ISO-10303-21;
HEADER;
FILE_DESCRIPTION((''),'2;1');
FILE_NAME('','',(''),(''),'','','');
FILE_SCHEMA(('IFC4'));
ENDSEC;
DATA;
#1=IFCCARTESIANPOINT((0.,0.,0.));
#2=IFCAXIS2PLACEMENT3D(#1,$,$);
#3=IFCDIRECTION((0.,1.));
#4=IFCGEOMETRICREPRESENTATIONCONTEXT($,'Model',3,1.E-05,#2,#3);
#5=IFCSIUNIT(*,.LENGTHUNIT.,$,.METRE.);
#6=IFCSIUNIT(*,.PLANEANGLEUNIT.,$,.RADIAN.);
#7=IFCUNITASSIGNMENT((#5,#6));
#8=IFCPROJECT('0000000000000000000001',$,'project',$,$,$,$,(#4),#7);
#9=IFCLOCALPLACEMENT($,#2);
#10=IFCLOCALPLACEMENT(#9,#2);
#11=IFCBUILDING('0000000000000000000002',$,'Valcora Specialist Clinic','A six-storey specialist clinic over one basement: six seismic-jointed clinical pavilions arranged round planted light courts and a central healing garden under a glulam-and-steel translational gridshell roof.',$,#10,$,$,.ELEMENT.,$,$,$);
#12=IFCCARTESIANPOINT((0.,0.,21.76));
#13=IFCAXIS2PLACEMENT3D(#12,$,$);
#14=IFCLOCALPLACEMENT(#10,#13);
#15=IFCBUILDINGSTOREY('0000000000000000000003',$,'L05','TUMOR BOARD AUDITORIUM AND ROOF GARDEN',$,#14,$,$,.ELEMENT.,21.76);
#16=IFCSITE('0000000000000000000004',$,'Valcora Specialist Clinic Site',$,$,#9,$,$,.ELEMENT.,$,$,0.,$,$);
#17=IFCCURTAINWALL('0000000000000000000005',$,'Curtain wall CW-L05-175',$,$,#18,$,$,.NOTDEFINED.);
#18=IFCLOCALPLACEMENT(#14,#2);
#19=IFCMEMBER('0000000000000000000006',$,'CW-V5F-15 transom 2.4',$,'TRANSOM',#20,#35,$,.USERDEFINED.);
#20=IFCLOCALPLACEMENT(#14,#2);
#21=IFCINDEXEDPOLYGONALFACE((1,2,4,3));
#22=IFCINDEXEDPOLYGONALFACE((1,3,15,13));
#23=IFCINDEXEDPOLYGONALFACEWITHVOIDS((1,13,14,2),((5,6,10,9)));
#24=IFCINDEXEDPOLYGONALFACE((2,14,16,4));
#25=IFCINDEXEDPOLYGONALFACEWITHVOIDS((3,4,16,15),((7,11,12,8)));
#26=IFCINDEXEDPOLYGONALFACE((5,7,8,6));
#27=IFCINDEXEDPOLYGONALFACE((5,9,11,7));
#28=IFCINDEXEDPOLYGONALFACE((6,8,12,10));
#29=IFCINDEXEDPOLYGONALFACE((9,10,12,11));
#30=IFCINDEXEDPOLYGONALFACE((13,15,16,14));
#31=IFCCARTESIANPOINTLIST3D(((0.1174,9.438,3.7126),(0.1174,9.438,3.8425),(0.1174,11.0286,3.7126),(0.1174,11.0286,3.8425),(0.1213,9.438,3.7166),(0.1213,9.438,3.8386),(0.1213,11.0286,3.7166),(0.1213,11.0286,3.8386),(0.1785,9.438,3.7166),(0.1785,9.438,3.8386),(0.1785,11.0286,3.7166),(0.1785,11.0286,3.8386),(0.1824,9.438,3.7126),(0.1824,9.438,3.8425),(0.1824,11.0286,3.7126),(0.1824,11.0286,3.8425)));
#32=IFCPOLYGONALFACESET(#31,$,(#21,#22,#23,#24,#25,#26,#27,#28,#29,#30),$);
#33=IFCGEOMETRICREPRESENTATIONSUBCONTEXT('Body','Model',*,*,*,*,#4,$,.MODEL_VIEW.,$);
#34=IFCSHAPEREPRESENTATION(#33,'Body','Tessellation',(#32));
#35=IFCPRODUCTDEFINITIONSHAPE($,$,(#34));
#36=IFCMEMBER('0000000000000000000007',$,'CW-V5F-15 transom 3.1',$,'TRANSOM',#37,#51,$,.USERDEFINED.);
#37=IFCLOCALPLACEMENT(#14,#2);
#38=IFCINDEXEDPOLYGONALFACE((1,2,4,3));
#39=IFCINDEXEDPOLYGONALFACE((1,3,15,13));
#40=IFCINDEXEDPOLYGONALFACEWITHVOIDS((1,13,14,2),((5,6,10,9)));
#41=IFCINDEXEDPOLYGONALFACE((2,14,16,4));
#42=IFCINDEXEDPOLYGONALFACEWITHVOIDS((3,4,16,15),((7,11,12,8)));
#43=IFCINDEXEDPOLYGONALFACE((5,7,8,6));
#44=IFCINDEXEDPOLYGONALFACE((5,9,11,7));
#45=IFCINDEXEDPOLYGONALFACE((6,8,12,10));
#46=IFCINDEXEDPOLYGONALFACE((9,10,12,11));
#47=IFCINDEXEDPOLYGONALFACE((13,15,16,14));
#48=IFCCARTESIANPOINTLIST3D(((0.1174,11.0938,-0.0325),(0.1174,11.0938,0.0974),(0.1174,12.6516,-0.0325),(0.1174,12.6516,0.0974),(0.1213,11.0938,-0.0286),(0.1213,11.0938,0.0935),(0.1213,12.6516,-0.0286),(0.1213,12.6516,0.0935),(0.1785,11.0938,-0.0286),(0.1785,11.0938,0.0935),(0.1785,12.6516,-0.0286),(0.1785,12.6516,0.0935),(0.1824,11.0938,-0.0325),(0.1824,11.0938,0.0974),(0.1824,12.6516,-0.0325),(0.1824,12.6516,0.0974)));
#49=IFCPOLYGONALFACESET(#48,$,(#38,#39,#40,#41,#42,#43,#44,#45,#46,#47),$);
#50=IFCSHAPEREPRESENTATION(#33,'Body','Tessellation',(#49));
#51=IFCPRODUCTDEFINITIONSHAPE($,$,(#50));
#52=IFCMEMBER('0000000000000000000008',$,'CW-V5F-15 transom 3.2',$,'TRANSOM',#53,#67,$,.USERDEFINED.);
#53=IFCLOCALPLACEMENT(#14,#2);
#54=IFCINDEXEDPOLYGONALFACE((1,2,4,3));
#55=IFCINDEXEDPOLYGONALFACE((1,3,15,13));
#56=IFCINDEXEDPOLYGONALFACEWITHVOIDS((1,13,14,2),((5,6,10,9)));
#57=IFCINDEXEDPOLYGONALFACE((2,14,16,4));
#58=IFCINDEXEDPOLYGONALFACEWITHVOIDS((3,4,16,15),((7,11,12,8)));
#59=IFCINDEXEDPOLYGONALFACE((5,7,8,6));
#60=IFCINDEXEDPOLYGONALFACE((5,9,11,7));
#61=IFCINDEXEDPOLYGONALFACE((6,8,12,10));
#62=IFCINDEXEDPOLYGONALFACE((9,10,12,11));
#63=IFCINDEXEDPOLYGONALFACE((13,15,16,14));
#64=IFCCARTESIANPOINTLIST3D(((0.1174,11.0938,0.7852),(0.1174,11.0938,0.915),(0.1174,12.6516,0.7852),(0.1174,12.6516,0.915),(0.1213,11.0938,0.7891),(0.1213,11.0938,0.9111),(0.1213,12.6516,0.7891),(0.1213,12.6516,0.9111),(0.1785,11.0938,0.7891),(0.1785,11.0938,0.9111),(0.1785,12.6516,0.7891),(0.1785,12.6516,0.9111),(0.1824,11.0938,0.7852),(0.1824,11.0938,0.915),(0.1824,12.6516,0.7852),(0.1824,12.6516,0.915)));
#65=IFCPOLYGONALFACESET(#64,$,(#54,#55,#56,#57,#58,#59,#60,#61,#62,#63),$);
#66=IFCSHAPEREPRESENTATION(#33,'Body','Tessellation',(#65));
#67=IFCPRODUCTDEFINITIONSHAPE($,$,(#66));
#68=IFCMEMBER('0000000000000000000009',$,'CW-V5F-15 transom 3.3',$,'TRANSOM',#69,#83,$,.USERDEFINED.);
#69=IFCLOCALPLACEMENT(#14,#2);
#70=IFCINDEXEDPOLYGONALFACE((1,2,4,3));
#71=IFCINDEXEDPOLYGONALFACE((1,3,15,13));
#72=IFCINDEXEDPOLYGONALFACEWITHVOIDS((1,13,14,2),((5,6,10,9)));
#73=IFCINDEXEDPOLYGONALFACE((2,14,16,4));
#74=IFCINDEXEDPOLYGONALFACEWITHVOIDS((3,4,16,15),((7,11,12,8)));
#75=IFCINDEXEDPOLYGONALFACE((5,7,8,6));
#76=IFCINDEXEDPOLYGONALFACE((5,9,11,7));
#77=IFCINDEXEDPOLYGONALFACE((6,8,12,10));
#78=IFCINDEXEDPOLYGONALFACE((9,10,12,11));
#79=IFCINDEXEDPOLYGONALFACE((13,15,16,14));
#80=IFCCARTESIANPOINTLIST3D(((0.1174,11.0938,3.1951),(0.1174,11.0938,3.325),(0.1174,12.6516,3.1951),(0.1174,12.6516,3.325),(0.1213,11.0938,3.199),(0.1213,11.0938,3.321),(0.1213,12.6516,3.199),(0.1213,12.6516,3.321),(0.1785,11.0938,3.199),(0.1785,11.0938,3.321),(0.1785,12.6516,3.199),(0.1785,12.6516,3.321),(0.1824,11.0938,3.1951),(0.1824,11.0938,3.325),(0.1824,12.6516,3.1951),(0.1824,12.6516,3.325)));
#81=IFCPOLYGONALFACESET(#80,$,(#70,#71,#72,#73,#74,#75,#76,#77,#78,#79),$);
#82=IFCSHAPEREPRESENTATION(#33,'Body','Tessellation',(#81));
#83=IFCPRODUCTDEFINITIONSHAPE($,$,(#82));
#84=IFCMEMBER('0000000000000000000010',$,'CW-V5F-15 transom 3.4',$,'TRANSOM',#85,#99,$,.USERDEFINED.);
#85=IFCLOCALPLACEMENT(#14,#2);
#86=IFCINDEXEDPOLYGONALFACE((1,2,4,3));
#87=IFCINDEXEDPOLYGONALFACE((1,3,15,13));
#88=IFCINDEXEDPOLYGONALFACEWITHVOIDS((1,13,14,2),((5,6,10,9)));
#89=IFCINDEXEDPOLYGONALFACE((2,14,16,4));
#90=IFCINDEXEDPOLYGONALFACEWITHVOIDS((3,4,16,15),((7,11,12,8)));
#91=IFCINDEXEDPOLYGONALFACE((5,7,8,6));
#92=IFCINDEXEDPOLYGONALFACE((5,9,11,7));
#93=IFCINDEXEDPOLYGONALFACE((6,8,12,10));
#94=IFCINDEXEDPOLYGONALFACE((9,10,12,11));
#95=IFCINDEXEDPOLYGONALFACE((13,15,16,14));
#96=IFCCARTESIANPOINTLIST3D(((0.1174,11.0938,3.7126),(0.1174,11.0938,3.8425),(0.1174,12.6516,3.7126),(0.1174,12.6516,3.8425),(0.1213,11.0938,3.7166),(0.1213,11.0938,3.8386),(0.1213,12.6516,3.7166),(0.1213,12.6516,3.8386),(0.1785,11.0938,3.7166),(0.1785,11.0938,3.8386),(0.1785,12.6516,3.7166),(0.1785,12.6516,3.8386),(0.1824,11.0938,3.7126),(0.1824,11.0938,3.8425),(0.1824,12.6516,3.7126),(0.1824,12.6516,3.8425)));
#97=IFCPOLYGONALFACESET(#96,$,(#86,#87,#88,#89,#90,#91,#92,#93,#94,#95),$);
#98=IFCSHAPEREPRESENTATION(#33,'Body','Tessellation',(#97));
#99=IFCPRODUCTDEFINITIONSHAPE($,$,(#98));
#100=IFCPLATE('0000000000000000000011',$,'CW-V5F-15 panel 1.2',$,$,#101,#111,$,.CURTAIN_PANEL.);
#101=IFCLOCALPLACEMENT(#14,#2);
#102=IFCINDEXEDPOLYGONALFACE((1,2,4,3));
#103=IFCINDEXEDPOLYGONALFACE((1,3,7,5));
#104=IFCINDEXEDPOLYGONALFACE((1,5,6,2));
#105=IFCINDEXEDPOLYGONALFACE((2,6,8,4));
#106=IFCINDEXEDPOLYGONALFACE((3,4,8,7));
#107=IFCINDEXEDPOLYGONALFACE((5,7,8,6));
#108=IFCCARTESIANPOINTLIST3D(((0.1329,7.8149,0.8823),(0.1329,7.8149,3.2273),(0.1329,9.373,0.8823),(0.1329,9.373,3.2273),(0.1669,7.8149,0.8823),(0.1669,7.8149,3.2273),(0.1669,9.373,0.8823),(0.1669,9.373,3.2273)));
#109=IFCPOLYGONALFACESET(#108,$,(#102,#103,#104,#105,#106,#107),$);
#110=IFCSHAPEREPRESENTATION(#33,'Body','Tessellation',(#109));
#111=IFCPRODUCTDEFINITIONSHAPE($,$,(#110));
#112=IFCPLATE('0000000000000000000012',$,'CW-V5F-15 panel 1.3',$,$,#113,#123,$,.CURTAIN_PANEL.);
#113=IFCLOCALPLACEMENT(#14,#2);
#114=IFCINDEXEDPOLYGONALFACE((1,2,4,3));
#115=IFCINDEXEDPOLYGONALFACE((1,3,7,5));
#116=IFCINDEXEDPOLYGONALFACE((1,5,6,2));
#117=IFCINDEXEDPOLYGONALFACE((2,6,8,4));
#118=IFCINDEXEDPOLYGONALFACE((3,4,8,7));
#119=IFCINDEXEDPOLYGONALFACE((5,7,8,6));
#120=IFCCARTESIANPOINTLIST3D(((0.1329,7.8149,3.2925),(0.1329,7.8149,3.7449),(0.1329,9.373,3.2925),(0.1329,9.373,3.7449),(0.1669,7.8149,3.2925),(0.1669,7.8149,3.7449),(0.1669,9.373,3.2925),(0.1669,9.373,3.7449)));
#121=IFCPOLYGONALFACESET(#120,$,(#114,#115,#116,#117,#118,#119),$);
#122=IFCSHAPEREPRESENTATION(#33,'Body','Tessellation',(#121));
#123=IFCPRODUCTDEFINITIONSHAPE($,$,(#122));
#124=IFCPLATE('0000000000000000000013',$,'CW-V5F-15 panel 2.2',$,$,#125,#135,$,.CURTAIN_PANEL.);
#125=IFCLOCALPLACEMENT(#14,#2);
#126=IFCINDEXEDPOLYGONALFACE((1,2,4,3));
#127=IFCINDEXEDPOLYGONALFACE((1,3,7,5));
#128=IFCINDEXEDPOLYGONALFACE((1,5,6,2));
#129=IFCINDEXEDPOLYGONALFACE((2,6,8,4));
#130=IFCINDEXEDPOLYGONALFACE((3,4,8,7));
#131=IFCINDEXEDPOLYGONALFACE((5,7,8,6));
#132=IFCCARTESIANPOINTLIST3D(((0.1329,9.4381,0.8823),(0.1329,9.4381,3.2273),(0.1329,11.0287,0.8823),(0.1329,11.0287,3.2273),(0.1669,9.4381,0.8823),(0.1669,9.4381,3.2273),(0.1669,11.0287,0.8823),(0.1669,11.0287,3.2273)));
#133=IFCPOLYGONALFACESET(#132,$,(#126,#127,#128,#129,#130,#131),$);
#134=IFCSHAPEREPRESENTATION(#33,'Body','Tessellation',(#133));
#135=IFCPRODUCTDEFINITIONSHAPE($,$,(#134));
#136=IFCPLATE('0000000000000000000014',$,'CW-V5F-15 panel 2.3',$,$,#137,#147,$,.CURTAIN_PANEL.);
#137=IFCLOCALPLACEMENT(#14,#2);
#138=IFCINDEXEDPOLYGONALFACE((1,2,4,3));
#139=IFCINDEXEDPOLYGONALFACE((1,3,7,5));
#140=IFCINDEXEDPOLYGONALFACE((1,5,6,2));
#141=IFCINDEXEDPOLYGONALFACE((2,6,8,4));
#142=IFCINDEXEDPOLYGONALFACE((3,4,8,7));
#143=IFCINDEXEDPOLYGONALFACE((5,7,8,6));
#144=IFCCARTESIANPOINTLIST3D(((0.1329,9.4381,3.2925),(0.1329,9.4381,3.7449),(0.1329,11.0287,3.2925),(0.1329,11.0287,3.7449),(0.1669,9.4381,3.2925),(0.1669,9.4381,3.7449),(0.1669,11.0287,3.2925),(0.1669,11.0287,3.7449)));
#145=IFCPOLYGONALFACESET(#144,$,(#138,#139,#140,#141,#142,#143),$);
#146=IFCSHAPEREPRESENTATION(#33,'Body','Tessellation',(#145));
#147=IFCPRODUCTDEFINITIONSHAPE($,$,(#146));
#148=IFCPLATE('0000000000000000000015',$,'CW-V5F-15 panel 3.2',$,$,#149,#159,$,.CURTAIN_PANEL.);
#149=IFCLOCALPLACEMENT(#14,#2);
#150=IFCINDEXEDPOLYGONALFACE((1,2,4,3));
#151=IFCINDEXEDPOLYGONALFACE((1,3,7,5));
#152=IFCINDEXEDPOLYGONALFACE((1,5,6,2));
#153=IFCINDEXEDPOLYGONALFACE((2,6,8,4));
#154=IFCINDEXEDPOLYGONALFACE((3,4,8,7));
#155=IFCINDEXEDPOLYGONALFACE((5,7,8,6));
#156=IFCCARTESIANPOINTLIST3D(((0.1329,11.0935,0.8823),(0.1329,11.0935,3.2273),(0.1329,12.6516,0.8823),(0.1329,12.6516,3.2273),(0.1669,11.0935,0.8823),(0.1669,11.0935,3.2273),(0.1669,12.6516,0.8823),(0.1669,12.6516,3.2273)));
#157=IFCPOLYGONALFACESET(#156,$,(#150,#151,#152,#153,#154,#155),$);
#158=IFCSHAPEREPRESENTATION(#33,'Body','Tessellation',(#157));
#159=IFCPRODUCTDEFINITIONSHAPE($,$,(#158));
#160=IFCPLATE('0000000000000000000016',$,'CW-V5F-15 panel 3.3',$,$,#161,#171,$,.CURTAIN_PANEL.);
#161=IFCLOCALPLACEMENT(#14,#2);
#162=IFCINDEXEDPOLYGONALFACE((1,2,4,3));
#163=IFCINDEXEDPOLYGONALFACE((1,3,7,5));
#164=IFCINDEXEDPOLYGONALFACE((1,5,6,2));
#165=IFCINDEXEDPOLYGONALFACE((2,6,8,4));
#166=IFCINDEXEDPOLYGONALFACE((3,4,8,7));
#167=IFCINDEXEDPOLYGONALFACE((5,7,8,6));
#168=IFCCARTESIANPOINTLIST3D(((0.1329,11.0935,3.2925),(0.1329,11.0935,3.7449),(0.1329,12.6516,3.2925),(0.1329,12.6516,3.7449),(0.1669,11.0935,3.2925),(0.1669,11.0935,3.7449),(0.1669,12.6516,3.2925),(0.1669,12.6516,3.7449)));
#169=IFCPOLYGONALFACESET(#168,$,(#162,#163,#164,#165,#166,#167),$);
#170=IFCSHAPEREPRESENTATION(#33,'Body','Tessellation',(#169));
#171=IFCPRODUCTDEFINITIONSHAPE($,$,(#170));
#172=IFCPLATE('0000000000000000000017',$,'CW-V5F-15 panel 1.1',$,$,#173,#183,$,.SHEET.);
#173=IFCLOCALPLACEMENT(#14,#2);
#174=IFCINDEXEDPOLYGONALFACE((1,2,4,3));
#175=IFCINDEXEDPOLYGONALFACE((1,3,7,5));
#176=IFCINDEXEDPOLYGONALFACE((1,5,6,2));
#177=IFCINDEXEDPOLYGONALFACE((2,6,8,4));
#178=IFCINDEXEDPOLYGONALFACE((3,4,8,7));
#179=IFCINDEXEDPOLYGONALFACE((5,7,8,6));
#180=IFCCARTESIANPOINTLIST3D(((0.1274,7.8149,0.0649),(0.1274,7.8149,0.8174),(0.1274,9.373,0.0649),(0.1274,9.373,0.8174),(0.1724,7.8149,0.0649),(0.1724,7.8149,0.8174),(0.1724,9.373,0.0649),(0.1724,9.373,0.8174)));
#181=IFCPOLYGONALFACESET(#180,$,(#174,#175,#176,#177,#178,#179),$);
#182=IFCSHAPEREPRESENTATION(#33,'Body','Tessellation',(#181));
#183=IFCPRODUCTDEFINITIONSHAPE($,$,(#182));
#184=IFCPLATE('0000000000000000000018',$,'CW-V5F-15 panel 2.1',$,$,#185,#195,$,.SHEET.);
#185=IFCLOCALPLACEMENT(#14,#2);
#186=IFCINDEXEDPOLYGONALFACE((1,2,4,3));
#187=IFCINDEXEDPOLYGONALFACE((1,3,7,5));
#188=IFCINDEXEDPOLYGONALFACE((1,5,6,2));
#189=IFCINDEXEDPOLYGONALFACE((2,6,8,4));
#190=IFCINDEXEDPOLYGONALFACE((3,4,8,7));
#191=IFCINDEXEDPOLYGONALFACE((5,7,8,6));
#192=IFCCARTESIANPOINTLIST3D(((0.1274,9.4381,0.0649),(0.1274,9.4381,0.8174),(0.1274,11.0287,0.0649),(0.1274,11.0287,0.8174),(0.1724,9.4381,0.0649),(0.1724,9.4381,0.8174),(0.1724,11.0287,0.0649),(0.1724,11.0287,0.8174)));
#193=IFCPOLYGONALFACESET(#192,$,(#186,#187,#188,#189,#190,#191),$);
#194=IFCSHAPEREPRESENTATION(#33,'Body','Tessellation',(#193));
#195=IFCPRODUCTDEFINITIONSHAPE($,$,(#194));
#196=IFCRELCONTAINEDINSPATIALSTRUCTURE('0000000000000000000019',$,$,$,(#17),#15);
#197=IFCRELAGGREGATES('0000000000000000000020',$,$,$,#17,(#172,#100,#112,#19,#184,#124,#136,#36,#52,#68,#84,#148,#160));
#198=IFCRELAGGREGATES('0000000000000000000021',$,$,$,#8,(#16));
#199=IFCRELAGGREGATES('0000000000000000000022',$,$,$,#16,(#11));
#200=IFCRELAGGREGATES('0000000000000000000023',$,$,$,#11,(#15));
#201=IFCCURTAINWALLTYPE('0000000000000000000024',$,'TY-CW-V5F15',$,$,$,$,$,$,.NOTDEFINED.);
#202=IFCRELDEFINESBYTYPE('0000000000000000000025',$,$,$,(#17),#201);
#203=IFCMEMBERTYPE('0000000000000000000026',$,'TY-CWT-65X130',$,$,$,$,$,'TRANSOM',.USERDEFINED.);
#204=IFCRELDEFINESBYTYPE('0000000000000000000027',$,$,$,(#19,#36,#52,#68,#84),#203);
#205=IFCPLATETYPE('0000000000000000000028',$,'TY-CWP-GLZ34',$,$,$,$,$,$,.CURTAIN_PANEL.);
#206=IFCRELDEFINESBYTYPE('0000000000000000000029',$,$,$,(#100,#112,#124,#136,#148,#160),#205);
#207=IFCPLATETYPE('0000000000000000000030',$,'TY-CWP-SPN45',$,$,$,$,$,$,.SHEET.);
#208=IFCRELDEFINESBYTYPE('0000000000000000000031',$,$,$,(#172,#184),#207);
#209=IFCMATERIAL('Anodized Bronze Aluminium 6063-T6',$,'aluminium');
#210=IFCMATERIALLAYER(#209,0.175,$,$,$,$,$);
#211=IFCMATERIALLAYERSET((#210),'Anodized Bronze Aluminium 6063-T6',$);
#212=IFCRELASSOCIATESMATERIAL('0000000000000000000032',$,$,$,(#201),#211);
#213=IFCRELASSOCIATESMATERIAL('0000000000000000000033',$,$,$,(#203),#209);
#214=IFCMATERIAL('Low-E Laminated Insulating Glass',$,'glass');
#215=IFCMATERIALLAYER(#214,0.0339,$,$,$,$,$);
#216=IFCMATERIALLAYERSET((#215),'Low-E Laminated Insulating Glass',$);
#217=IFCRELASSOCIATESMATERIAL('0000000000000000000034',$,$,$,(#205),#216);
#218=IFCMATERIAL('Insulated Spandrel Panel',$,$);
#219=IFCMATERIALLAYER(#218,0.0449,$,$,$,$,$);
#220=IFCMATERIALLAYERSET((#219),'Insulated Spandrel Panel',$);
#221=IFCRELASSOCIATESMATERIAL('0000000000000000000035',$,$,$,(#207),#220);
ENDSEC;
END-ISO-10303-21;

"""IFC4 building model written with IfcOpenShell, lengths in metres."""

from ifc_helpers import new_model, si_unit, direction, frame, origin, origin_2d, place, context, subcontext, project, spatial, rectangle, hollow_rectangle, extrude, material, layer, layer_set, material_profile, profile_set, type_object, element, aggregate, save


model = new_model("IFC4")

# Units and contexts
model_context = context("Model", 3, precision=1e-05, world=origin(), true_north=direction((0.0, 1.0)))
body_context = subcontext(model_context, "Body", "Model", "MODEL_VIEW")
ifc_project = project(units=[si_unit("LENGTHUNIT", "METRE"), si_unit("PLANEANGLEUNIT", "RADIAN")], contexts=[model_context])

# Site, building, storey
site_placement = place(None, origin())
site = spatial("IfcSite", under=ifc_project, at=site_placement, Name="Valcora Specialist Clinic Site", CompositionType="ELEMENT", RefElevation=0.0)
building_placement = place(site_placement, origin())
building = spatial("IfcBuilding", under=site, at=building_placement, Name="Valcora Specialist Clinic", Description="A six-storey specialist clinic over one basement: six seismic-jointed clinical pavilions arranged round planted light courts and a central healing garden under a glulam-and-steel translational gridshell roof.", CompositionType="ELEMENT")
storey_placement = place(building_placement, frame((0.0, 0.0, 21.76)))
storey = spatial("IfcBuildingStorey", under=building, at=storey_placement, Name="L05", Description="TUMOR BOARD AUDITORIUM AND ROOF GARDEN", CompositionType="ELEMENT", Elevation=21.76)

# Curtain wall, members, plates
ifc_material_1 = material(Name="Anodized Bronze Aluminium 6063-T6", Category="aluminium")
ifc_layer_1 = layer(ifc_material_1, 0.175)
ifc_layer_set_1 = layer_set([ifc_layer_1], Name="Anodized Bronze Aluminium 6063-T6")
curtain_wall_type = type_object("IfcCurtainWallType", Name="TY-CW-V5F15", PredefinedType="NOTDEFINED", material=ifc_layer_set_1)
curtain_wall_placement = place(storey_placement, origin())
curtain_wall = element("IfcCurtainWall", 1, at=curtain_wall_placement, inside=storey, type_object=curtain_wall_type, Name="Curtain wall CW-L05-175", PredefinedType="NOTDEFINED")
ifc_material_profile_1 = material_profile(ifc_material_1, hollow_rectangle(XDim=0.0649, YDim=0.1299, WallThickness=0.0039, at=origin_2d()), Name="AL-TRN-65X130")
ifc_profile_set_1 = profile_set([ifc_material_profile_1], Name="Anodized Bronze Aluminium 6063-T6")
member_type_1 = type_object("IfcMemberType", Name="TY-CWT-65X130", ElementType="TRANSOM", PredefinedType="USERDEFINED", material=ifc_profile_set_1)
member_1_placement = place(storey_placement, frame((0.1499, 9.438, 3.7776), z_axis=(0.0, 1.0, 0.0), x_axis=(-1.0, 0.0, 0.0)))
member_1 = element("IfcMember", 2, at=member_1_placement, type_object=member_type_1, Name="CW-V5F-15 transom 2.4", ObjectType="TRANSOM", PredefinedType="USERDEFINED", context=body_context, shape_type="SweptSolid", body=[
    extrude(hollow_rectangle(XDim=0.0649, YDim=0.1299, WallThickness=0.0039, at=origin_2d()), origin(), (0.0, 0.0, 1.0), 1.5906),
])
member_2_placement = place(storey_placement, frame((0.1499, 11.0938, 0.0325), z_axis=(0.0, 1.0, 0.0), x_axis=(-1.0, 0.0, 0.0)))
member_2 = element("IfcMember", 3, at=member_2_placement, type_object=member_type_1, Name="CW-V5F-15 transom 3.1", ObjectType="TRANSOM", PredefinedType="USERDEFINED", context=body_context, shape_type="SweptSolid", body=[
    extrude(hollow_rectangle(XDim=0.0649, YDim=0.1299, WallThickness=0.0039, at=origin_2d()), origin(), (0.0, 0.0, 1.0), 1.5579),
])
member_3_placement = place(storey_placement, frame((0.1499, 11.0938, 0.8501), z_axis=(0.0, 1.0, 0.0), x_axis=(-1.0, 0.0, 0.0)))
member_3 = element("IfcMember", 4, at=member_3_placement, type_object=member_type_1, Name="CW-V5F-15 transom 3.2", ObjectType="TRANSOM", PredefinedType="USERDEFINED", context=body_context, shape_type="SweptSolid", body=[
    extrude(hollow_rectangle(XDim=0.0649, YDim=0.1299, WallThickness=0.0039, at=origin_2d()), origin(), (0.0, 0.0, 1.0), 1.5579),
])
member_4_placement = place(storey_placement, frame((0.1499, 11.0938, 3.26), z_axis=(0.0, 1.0, 0.0), x_axis=(-1.0, 0.0, 0.0)))
member_4 = element("IfcMember", 5, at=member_4_placement, type_object=member_type_1, Name="CW-V5F-15 transom 3.3", ObjectType="TRANSOM", PredefinedType="USERDEFINED", context=body_context, shape_type="SweptSolid", body=[
    extrude(hollow_rectangle(XDim=0.0649, YDim=0.1299, WallThickness=0.0039, at=origin_2d()), origin(), (0.0, 0.0, 1.0), 1.5579),
])
member_5_placement = place(storey_placement, frame((0.1499, 11.0938, 3.7776), z_axis=(0.0, 1.0, 0.0), x_axis=(-1.0, 0.0, 0.0)))
member_5 = element("IfcMember", 6, at=member_5_placement, type_object=member_type_1, Name="CW-V5F-15 transom 3.4", ObjectType="TRANSOM", PredefinedType="USERDEFINED", context=body_context, shape_type="SweptSolid", body=[
    extrude(hollow_rectangle(XDim=0.0649, YDim=0.1299, WallThickness=0.0039, at=origin_2d()), origin(), (0.0, 0.0, 1.0), 1.5579),
])
ifc_material_2 = material(Name="Low-E Laminated Insulating Glass", Category="glass")
ifc_layer_2 = layer(ifc_material_2, 0.0339)
ifc_layer_set_2 = layer_set([ifc_layer_2], Name="Low-E Laminated Insulating Glass")
plate_type_1 = type_object("IfcPlateType", Name="TY-CWP-GLZ34", PredefinedType="CURTAIN_PANEL", material=ifc_layer_set_2)
plate_1_placement = place(storey_placement, frame((0.1499, 8.594, 0.8823), z_axis=(0.0, 0.0, 1.0), x_axis=(0.0, 1.0, 0.0)))
plate_1 = element("IfcPlate", 7, at=plate_1_placement, type_object=plate_type_1, Name="CW-V5F-15 panel 1.2", PredefinedType="CURTAIN_PANEL", context=body_context, shape_type="SweptSolid", body=[
    extrude(rectangle(XDim=1.5581, YDim=0.0339, at=origin_2d()), origin(), (0.0, 0.0, 1.0), 2.345),
])
plate_2_placement = place(storey_placement, frame((0.1499, 8.594, 3.2925), z_axis=(0.0, 0.0, 1.0), x_axis=(0.0, 1.0, 0.0)))
plate_2 = element("IfcPlate", 8, at=plate_2_placement, type_object=plate_type_1, Name="CW-V5F-15 panel 1.3", PredefinedType="CURTAIN_PANEL", context=body_context, shape_type="SweptSolid", body=[
    extrude(rectangle(XDim=1.5581, YDim=0.0339, at=origin_2d()), origin(), (0.0, 0.0, 1.0), 0.4524),
])
plate_3_placement = place(storey_placement, frame((0.1499, 10.2334, 0.8823), z_axis=(0.0, 0.0, 1.0), x_axis=(0.0, 1.0, 0.0)))
plate_3 = element("IfcPlate", 9, at=plate_3_placement, type_object=plate_type_1, Name="CW-V5F-15 panel 2.2", PredefinedType="CURTAIN_PANEL", context=body_context, shape_type="SweptSolid", body=[
    extrude(rectangle(XDim=1.5906, YDim=0.0339, at=origin_2d()), origin(), (0.0, 0.0, 1.0), 2.345),
])
plate_4_placement = place(storey_placement, frame((0.1499, 10.2334, 3.2925), z_axis=(0.0, 0.0, 1.0), x_axis=(0.0, 1.0, 0.0)))
plate_4 = element("IfcPlate", 10, at=plate_4_placement, type_object=plate_type_1, Name="CW-V5F-15 panel 2.3", PredefinedType="CURTAIN_PANEL", context=body_context, shape_type="SweptSolid", body=[
    extrude(rectangle(XDim=1.5906, YDim=0.0339, at=origin_2d()), origin(), (0.0, 0.0, 1.0), 0.4524),
])
plate_5_placement = place(storey_placement, frame((0.1499, 11.8726, 0.8823), z_axis=(0.0, 0.0, 1.0), x_axis=(0.0, 1.0, 0.0)))
plate_5 = element("IfcPlate", 11, at=plate_5_placement, type_object=plate_type_1, Name="CW-V5F-15 panel 3.2", PredefinedType="CURTAIN_PANEL", context=body_context, shape_type="SweptSolid", body=[
    extrude(rectangle(XDim=1.5581, YDim=0.0339, at=origin_2d()), origin(), (0.0, 0.0, 1.0), 2.345),
])
plate_6_placement = place(storey_placement, frame((0.1499, 11.8726, 3.2925), z_axis=(0.0, 0.0, 1.0), x_axis=(0.0, 1.0, 0.0)))
plate_6 = element("IfcPlate", 12, at=plate_6_placement, type_object=plate_type_1, Name="CW-V5F-15 panel 3.3", PredefinedType="CURTAIN_PANEL", context=body_context, shape_type="SweptSolid", body=[
    extrude(rectangle(XDim=1.5581, YDim=0.0339, at=origin_2d()), origin(), (0.0, 0.0, 1.0), 0.4524),
])
ifc_material_3 = material(Name="Insulated Spandrel Panel")
ifc_layer_3 = layer(ifc_material_3, 0.0449)
ifc_layer_set_3 = layer_set([ifc_layer_3], Name="Insulated Spandrel Panel")
plate_type_2 = type_object("IfcPlateType", Name="TY-CWP-SPN45", PredefinedType="SHEET", material=ifc_layer_set_3)
plate_7_placement = place(storey_placement, frame((0.1499, 8.594, 0.0649), z_axis=(0.0, 0.0, 1.0), x_axis=(0.0, 1.0, 0.0)))
plate_7 = element("IfcPlate", 13, at=plate_7_placement, type_object=plate_type_2, Name="CW-V5F-15 panel 1.1", PredefinedType="SHEET", context=body_context, shape_type="SweptSolid", body=[
    extrude(rectangle(XDim=1.5581, YDim=0.0449, at=origin_2d()), origin(), (0.0, 0.0, 1.0), 0.7524),
])
plate_8_placement = place(storey_placement, frame((0.1499, 10.2334, 0.0649), z_axis=(0.0, 0.0, 1.0), x_axis=(0.0, 1.0, 0.0)))
plate_8 = element("IfcPlate", 14, at=plate_8_placement, type_object=plate_type_2, Name="CW-V5F-15 panel 2.1", PredefinedType="SHEET", context=body_context, shape_type="SweptSolid", body=[
    extrude(rectangle(XDim=1.5906, YDim=0.0449, at=origin_2d()), origin(), (0.0, 0.0, 1.0), 0.7524),
])
aggregate(curtain_wall, [plate_7, plate_1, plate_2, member_1, plate_8, plate_3, plate_4, member_2, member_3, member_4, member_5, plate_5, plate_6])

save(model, "model.ifc")
